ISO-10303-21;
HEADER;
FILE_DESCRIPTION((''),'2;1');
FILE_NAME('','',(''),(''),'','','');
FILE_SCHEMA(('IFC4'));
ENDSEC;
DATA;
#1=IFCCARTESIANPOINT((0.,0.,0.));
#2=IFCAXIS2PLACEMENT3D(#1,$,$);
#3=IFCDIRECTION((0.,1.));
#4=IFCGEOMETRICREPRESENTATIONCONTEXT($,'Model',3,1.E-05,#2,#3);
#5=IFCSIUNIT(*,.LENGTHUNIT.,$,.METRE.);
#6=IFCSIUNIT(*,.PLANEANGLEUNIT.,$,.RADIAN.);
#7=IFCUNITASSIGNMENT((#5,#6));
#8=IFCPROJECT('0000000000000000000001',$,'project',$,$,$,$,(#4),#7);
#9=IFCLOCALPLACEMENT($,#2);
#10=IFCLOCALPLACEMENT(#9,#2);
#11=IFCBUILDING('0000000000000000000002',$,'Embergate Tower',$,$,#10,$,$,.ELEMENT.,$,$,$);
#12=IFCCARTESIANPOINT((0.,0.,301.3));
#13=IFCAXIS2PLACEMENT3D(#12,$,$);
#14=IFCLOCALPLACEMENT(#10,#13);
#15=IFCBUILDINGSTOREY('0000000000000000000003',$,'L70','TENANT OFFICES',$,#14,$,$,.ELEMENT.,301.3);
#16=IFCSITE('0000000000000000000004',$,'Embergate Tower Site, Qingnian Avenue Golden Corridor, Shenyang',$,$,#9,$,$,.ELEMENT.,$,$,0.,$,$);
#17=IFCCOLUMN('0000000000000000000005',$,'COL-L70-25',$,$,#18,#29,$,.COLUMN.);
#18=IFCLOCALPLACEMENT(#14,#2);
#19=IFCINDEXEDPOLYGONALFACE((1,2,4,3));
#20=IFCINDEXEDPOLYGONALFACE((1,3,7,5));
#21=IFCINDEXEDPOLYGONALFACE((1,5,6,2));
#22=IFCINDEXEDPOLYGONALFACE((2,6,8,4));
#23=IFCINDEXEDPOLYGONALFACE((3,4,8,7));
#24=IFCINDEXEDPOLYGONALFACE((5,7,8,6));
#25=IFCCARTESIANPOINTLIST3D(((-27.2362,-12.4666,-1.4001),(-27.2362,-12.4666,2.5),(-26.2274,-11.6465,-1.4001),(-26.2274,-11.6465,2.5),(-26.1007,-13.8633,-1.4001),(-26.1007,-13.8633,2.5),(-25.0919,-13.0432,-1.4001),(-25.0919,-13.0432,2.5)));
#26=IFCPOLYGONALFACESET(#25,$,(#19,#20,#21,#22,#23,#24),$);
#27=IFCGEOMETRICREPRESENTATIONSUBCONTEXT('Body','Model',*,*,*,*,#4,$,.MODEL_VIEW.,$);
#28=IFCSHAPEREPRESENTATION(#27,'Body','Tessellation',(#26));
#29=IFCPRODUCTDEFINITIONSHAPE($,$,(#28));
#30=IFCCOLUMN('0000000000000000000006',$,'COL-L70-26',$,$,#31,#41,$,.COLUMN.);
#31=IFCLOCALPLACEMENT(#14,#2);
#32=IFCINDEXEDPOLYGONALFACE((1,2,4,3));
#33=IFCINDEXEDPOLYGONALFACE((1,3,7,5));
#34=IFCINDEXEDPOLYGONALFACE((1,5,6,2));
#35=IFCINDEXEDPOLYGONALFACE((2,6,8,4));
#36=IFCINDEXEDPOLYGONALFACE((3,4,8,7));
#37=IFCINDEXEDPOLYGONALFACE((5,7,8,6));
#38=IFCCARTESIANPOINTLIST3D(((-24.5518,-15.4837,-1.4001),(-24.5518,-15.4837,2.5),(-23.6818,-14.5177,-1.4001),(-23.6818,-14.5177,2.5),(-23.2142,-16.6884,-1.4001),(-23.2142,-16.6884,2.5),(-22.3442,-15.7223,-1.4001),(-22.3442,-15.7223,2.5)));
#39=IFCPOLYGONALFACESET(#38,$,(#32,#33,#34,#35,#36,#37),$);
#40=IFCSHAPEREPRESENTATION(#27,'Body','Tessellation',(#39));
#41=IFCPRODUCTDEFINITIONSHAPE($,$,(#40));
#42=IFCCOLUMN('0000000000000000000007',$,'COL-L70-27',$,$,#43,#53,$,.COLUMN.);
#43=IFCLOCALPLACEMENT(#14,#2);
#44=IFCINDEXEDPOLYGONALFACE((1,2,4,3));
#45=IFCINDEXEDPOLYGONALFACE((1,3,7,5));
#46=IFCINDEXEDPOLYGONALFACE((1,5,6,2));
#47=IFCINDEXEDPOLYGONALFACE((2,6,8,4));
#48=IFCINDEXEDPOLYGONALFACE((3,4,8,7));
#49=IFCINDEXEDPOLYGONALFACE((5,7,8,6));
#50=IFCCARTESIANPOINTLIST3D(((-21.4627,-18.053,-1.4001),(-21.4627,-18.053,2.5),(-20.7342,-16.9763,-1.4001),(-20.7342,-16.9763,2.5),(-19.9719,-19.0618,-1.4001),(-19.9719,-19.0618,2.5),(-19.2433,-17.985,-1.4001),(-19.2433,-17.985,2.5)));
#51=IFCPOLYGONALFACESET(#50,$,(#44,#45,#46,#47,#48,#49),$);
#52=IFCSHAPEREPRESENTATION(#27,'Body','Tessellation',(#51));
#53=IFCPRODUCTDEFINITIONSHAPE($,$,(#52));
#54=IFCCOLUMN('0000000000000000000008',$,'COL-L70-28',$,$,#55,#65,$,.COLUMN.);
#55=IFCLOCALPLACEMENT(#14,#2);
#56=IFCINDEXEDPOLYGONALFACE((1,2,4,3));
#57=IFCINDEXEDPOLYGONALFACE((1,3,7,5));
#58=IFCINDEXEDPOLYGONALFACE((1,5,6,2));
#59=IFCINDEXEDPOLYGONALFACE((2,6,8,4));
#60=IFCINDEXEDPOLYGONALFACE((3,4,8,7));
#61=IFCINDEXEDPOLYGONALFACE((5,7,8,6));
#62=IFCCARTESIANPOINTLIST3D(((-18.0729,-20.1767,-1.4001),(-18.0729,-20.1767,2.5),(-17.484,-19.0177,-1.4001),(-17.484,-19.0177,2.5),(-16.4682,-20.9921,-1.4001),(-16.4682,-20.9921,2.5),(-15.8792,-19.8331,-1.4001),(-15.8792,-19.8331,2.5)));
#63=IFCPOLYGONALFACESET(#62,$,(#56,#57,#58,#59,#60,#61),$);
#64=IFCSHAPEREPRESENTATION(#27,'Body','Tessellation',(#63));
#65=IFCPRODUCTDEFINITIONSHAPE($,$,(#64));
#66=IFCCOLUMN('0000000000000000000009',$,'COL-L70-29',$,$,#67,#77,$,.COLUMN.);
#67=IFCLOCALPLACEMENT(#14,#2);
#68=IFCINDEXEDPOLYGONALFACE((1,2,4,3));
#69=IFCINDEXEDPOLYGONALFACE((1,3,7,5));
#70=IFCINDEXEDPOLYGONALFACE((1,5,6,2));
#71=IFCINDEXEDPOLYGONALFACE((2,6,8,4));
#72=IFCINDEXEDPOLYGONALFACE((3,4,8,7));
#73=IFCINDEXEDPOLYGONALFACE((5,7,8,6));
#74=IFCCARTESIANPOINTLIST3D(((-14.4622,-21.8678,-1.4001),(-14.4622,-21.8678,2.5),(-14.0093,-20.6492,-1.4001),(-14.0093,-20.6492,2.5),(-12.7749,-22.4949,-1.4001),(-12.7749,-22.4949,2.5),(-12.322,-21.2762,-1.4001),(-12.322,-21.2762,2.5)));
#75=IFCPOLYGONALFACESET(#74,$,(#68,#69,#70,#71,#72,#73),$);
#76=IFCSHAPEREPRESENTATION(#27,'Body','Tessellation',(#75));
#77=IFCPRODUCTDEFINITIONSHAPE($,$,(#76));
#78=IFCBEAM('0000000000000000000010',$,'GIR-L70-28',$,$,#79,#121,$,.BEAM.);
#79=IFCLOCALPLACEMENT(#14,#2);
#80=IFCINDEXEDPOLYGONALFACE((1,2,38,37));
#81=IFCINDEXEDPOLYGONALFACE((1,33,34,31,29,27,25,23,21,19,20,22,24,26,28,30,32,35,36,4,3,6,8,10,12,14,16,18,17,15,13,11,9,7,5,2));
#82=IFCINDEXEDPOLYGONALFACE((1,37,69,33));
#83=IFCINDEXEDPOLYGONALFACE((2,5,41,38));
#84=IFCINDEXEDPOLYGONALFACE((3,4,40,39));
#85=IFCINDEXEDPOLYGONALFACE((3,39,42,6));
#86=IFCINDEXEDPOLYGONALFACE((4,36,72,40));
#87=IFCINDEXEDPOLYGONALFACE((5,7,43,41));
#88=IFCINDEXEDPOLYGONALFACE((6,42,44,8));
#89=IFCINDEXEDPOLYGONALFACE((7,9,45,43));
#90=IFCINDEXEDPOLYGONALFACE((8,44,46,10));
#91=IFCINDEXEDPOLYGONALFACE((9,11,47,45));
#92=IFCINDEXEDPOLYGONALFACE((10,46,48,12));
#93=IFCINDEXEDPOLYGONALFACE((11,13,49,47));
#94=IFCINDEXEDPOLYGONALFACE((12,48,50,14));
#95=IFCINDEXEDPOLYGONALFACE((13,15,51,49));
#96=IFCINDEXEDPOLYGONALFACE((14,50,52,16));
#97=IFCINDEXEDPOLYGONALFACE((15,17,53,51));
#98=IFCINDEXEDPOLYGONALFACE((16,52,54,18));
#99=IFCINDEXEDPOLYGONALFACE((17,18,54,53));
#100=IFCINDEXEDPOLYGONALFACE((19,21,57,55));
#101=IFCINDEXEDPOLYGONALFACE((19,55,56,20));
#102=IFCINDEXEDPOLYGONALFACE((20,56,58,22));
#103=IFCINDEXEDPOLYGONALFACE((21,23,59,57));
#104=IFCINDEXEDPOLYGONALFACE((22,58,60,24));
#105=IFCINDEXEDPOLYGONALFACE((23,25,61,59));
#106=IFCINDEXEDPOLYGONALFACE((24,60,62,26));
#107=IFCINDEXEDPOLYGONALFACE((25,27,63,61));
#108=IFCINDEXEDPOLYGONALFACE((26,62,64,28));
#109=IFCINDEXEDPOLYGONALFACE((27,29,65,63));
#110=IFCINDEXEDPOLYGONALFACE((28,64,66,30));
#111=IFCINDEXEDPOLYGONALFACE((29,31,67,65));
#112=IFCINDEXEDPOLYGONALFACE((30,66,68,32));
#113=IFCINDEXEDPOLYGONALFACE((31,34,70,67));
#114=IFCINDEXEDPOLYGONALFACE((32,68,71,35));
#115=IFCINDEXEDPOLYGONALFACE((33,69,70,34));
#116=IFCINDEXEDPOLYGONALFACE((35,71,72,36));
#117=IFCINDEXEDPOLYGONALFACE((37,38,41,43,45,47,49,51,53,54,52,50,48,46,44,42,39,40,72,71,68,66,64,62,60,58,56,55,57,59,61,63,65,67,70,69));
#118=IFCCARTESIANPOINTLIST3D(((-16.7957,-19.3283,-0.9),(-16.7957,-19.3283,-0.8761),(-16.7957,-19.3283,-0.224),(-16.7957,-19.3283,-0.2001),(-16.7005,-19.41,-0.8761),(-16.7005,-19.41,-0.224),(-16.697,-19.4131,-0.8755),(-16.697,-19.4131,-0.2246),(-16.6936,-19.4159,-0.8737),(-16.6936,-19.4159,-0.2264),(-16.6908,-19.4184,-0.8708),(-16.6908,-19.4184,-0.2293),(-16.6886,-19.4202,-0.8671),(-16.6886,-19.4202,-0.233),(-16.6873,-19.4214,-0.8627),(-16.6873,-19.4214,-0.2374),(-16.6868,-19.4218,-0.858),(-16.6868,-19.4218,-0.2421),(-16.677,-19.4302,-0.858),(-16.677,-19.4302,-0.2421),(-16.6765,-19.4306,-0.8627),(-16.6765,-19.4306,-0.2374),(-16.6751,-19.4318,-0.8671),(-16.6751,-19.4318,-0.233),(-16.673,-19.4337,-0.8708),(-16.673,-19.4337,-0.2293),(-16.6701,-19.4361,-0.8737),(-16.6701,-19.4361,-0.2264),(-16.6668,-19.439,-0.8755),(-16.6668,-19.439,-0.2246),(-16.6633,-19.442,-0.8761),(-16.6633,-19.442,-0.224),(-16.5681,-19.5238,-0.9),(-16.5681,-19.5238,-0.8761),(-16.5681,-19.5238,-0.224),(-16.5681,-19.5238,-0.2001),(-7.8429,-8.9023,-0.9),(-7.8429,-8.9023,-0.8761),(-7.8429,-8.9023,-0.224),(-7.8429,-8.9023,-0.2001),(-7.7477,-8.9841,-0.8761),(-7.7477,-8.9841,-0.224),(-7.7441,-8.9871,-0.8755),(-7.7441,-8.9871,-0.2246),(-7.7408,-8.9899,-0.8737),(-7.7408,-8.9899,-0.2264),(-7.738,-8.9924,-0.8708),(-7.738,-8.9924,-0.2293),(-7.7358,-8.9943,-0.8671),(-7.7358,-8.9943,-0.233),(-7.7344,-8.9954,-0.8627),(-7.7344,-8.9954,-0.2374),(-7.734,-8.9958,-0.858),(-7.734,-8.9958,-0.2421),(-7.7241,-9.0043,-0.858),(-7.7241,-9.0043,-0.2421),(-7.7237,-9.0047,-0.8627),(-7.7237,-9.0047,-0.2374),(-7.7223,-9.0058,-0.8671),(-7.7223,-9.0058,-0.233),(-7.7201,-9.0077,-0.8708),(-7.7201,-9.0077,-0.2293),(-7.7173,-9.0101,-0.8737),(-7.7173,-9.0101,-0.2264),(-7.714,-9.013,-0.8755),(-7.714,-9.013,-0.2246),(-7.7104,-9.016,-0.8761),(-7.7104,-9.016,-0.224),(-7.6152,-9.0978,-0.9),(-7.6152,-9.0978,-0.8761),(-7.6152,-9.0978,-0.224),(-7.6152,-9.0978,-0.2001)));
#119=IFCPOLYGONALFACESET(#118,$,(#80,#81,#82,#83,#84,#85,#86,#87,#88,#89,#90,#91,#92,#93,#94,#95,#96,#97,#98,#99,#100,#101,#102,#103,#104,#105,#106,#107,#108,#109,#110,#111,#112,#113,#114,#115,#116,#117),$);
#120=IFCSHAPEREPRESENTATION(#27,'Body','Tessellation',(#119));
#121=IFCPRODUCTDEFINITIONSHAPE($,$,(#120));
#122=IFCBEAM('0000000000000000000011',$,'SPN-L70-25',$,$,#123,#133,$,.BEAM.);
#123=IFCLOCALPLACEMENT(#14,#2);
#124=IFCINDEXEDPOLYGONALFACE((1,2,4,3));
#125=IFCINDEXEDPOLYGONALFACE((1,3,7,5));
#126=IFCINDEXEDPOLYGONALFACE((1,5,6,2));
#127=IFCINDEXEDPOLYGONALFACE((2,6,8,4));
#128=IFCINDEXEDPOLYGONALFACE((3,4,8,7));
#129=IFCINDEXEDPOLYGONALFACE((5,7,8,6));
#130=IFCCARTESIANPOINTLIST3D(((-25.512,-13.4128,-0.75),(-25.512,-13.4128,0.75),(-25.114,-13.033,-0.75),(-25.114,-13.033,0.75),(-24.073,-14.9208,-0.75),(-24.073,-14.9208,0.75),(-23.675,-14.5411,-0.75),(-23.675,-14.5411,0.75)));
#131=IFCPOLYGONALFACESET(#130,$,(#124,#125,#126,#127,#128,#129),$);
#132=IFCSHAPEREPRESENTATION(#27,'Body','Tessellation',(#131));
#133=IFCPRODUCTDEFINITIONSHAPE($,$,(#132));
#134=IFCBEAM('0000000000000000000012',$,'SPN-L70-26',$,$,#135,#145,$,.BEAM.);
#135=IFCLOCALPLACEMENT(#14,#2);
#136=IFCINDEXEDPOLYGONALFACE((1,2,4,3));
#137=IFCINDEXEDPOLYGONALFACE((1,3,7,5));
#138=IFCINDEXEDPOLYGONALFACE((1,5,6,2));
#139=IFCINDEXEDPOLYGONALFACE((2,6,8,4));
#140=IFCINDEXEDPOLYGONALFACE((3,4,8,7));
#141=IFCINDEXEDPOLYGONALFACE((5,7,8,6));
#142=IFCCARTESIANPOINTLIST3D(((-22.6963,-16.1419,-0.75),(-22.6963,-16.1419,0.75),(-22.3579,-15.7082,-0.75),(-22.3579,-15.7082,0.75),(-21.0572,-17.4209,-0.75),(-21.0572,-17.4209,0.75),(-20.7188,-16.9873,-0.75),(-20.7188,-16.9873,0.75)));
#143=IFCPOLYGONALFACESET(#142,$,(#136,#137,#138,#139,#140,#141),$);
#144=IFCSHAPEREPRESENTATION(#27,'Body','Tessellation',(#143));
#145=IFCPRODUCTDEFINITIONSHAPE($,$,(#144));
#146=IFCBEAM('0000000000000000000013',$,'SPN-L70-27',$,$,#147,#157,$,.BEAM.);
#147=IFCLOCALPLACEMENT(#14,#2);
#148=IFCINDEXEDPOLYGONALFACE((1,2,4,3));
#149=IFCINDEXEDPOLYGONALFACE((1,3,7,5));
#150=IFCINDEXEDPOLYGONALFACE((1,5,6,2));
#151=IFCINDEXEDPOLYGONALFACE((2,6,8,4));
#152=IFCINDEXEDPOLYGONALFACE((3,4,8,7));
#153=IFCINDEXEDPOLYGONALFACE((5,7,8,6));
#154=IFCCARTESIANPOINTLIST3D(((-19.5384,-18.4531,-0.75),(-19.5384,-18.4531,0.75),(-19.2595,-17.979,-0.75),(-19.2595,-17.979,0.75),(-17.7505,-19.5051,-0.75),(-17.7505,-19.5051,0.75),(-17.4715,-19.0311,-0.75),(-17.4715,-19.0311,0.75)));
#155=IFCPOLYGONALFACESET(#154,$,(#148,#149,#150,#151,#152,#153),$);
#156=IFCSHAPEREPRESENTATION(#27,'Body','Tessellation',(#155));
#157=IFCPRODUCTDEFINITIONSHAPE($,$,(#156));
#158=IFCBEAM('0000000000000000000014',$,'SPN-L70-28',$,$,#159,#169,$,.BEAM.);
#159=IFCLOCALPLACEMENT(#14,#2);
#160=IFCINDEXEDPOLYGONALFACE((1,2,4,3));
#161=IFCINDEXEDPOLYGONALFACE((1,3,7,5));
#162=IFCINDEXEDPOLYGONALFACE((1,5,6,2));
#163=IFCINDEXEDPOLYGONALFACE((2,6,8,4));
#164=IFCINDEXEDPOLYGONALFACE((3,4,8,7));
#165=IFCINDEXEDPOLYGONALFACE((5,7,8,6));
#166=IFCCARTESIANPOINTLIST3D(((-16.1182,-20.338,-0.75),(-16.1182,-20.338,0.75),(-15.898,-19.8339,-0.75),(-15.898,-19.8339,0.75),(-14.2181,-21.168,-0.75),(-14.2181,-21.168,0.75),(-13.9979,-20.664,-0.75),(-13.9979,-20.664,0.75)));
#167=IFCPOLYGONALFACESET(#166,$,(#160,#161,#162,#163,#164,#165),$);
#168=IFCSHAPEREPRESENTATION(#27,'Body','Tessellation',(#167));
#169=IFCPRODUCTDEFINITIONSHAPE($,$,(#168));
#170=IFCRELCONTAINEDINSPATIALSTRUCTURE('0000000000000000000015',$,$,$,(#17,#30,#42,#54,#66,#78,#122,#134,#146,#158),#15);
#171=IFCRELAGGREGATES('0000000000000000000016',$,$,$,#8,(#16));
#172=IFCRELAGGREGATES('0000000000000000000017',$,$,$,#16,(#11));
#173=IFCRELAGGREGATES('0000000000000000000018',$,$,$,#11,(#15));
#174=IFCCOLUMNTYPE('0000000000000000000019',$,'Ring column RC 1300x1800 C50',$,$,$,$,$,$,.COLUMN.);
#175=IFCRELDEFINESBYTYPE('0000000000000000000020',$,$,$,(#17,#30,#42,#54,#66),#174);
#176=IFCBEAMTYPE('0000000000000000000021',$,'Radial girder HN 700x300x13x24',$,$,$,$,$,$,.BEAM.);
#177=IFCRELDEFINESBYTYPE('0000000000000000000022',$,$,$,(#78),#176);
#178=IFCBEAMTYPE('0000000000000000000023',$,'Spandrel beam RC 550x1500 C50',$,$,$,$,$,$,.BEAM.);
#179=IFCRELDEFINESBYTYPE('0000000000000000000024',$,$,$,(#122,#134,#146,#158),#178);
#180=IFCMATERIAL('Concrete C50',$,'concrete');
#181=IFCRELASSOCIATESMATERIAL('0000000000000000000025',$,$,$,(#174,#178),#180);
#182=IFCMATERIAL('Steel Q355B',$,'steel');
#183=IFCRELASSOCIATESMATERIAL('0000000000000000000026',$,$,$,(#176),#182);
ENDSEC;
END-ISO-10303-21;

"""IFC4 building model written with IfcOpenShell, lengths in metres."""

from ifc_helpers import new_model, si_unit, direction, frame, origin, origin_2d, place, context, subcontext, project, spatial, rectangle, i_section, extrude, source, transform, mapped, material, material_profile, profile_set, type_object, element, save


model = new_model("IFC4")

# Units and contexts
model_context = context("Model", 3, precision=1e-05, world=origin(), true_north=direction((0.0, 1.0)))
body_context = subcontext(model_context, "Body", "Model", "MODEL_VIEW")
ifc_project = project(units=[si_unit("LENGTHUNIT", "METRE"), si_unit("PLANEANGLEUNIT", "RADIAN")], contexts=[model_context])

# Site, building, storey
site_placement = place(None, origin())
site = spatial("IfcSite", under=ifc_project, at=site_placement, Name="Embergate Tower Site, Qingnian Avenue Golden Corridor, Shenyang", CompositionType="ELEMENT", RefElevation=0.0)
building_placement = place(site_placement, origin())
building = spatial("IfcBuilding", under=site, at=building_placement, Name="Embergate Tower", CompositionType="ELEMENT")
storey_placement = place(building_placement, frame((0.0, 0.0, 301.3)))
storey = spatial("IfcBuildingStorey", under=building, at=storey_placement, Name="L70", Description="TENANT OFFICES", CompositionType="ELEMENT", Elevation=301.3)

# Columns
ifc_material_1 = material(Name="Concrete C50", Category="concrete")
ifc_material_profile_1 = material_profile(ifc_material_1, rectangle(XDim=1.3, YDim=1.8, at=origin_2d()), Name="RC 1300x1800")
ifc_profile_set_1 = profile_set([ifc_material_profile_1], Name="Concrete C50")
column_type = type_object("IfcColumnType", Name="Ring column RC 1300x1800 C50", PredefinedType="COLUMN", material=ifc_profile_set_1)
shared_shape_1 = source(origin(), body_context, "Body", "SweptSolid", [
    extrude(rectangle(XDim=1.3, YDim=1.8, at=origin_2d()), origin(), (0.0, 0.0, 1.0), 3.9001),
])
for number, where, z_axis, x_axis, name in (
    (1, (-26.1641, -12.7549, -1.4001), (0.0, 0.0, 1.0), (-0.775925, -0.630825, 0.0), "COL-L70-25"),
    (2, (-23.448, -15.603, -1.4001), (0.0, 0.0, 1.0), (-0.669221, -0.743063, 0.0), "COL-L70-26"),
    (3, (-20.353, -18.019, -1.4001), (0.0, 0.0, 1.0), (-0.560393, -0.828227, 0.0), "COL-L70-27"),
    (4, (-16.9761, -20.0049, -1.4001), (0.0, 0.0, 1.0), (-0.453011, -0.891505, 0.0), "COL-L70-28"),
    (5, (-13.3921, -21.572, -1.4001), (0.0, 0.0, 1.0), (-0.348343, -0.937367, 0.0), "COL-L70-29"),
):
    element("IfcColumn", number, at=place(storey_placement, frame(where, z_axis=z_axis, x_axis=x_axis)), inside=storey, type_object=column_type, Name=name, PredefinedType="COLUMN", context=body_context, shape_type="MappedRepresentation", body=[
        mapped(shared_shape_1, transform((0.0, 0.0, 0.0))),
    ])

# Beams
ifc_material_2 = material(Name="Steel Q355B", Category="steel")
ifc_material_profile_2 = material_profile(ifc_material_2, i_section(OverallWidth=0.3, OverallDepth=0.7, WebThickness=0.0129, FlangeThickness=0.0239, FilletRadius=0.0181, at=origin_2d()), Name="HN 700x300x13x24")
ifc_profile_set_2 = profile_set([ifc_material_profile_2], Name="Steel Q355 grade B")
beam_type_1 = type_object("IfcBeamType", Name="Radial girder HN 700x300x13x24", PredefinedType="BEAM", material=ifc_profile_set_2)
shared_shape_2 = source(origin(), body_context, "Body", "SweptSolid", [
    extrude(i_section(OverallWidth=0.3, OverallDepth=0.7, WebThickness=0.0129, FlangeThickness=0.0239, FilletRadius=0.0181, at=origin_2d()), origin(), (0.0, 0.0, 1.0), 13.7424),
])
beam_1_placement = place(storey_placement, frame((-16.6819, -19.426, -0.55), z_axis=(0.651474, 0.758671, 0.0), x_axis=(-0.758671, 0.651474, 0.0)))
element("IfcBeam", 6, at=beam_1_placement, inside=storey, type_object=beam_type_1, Name="GIR-L70-28", PredefinedType="BEAM", context=body_context, shape_type="MappedRepresentation", body=[
    mapped(shared_shape_2, transform((0.0, 0.0, 0.0))),
])
ifc_material_profile_3 = material_profile(ifc_material_1, rectangle(XDim=0.55, YDim=1.5, at=origin_2d()), Name="RC 550x1500")
ifc_profile_set_3 = profile_set([ifc_material_profile_3], Name="Concrete C50")
beam_type_2 = type_object("IfcBeamType", Name="Spandrel beam RC 550x1500 C50", PredefinedType="BEAM", material=ifc_profile_set_3)
shared_shape_3 = source(origin(), body_context, "Body", "SweptSolid", [
    extrude(rectangle(XDim=0.55, YDim=1.5, at=origin_2d()), origin(), (0.0, 0.0, 1.0), 2.0845),
])
beam_2_placement = place(storey_placement, frame((-25.313, -13.2229, 0.0), z_axis=(0.690339, -0.723486, 0.0), x_axis=(0.723486, 0.690339, 0.0)))
element("IfcBeam", 7, at=beam_2_placement, inside=storey, type_object=beam_type_2, Name="SPN-L70-25", PredefinedType="BEAM", context=body_context, shape_type="MappedRepresentation", body=[
    mapped(shared_shape_3, transform((0.0, 0.0, 0.0))),
])
shared_shape_4 = source(origin(), body_context, "Body", "SweptSolid", [
    extrude(rectangle(XDim=0.55, YDim=1.5, at=origin_2d()), origin(), (0.0, 0.0, 1.0), 2.0791),
])
beam_3_placement = place(storey_placement, frame((-22.5271, -15.925, 0.0), z_axis=(0.788384, -0.615184, 0.0), x_axis=(0.615184, 0.788384, 0.0)))
element("IfcBeam", 8, at=beam_3_placement, inside=storey, type_object=beam_type_2, Name="SPN-L70-26", PredefinedType="BEAM", context=body_context, shape_type="MappedRepresentation", body=[
    mapped(shared_shape_4, transform((0.0, 0.0, 0.0))),
])
shared_shape_5 = source(origin(), body_context, "Body", "SweptSolid", [
    extrude(rectangle(XDim=0.55, YDim=1.5, at=origin_2d()), origin(), (0.0, 0.0, 1.0), 2.0745),
])
beam_4_placement = place(storey_placement, frame((-19.3989, -18.2161, 0.0), z_axis=(0.861865, -0.507138, 0.0), x_axis=(0.507138, 0.861865, 0.0)))
element("IfcBeam", 9, at=beam_4_placement, inside=storey, type_object=beam_type_2, Name="SPN-L70-27", PredefinedType="BEAM", context=body_context, shape_type="MappedRepresentation", body=[
    mapped(shared_shape_5, transform((0.0, 0.0, 0.0))),
])
shared_shape_6 = source(origin(), body_context, "Body", "SweptSolid", [
    extrude(rectangle(XDim=0.55, YDim=1.5, at=origin_2d()), origin(), (0.0, 0.0, 1.0), 2.0735),
])
beam_5_placement = place(storey_placement, frame((-16.0081, -20.0859, 0.0), z_axis=(0.916376, -0.400318, 0.0), x_axis=(0.400318, 0.916376, 0.0)))
element("IfcBeam", 10, at=beam_5_placement, inside=storey, type_object=beam_type_2, Name="SPN-L70-28", PredefinedType="BEAM", context=body_context, shape_type="MappedRepresentation", body=[
    mapped(shared_shape_6, transform((0.0, 0.0, 0.0))),
])

save(model, "model.ifc")
